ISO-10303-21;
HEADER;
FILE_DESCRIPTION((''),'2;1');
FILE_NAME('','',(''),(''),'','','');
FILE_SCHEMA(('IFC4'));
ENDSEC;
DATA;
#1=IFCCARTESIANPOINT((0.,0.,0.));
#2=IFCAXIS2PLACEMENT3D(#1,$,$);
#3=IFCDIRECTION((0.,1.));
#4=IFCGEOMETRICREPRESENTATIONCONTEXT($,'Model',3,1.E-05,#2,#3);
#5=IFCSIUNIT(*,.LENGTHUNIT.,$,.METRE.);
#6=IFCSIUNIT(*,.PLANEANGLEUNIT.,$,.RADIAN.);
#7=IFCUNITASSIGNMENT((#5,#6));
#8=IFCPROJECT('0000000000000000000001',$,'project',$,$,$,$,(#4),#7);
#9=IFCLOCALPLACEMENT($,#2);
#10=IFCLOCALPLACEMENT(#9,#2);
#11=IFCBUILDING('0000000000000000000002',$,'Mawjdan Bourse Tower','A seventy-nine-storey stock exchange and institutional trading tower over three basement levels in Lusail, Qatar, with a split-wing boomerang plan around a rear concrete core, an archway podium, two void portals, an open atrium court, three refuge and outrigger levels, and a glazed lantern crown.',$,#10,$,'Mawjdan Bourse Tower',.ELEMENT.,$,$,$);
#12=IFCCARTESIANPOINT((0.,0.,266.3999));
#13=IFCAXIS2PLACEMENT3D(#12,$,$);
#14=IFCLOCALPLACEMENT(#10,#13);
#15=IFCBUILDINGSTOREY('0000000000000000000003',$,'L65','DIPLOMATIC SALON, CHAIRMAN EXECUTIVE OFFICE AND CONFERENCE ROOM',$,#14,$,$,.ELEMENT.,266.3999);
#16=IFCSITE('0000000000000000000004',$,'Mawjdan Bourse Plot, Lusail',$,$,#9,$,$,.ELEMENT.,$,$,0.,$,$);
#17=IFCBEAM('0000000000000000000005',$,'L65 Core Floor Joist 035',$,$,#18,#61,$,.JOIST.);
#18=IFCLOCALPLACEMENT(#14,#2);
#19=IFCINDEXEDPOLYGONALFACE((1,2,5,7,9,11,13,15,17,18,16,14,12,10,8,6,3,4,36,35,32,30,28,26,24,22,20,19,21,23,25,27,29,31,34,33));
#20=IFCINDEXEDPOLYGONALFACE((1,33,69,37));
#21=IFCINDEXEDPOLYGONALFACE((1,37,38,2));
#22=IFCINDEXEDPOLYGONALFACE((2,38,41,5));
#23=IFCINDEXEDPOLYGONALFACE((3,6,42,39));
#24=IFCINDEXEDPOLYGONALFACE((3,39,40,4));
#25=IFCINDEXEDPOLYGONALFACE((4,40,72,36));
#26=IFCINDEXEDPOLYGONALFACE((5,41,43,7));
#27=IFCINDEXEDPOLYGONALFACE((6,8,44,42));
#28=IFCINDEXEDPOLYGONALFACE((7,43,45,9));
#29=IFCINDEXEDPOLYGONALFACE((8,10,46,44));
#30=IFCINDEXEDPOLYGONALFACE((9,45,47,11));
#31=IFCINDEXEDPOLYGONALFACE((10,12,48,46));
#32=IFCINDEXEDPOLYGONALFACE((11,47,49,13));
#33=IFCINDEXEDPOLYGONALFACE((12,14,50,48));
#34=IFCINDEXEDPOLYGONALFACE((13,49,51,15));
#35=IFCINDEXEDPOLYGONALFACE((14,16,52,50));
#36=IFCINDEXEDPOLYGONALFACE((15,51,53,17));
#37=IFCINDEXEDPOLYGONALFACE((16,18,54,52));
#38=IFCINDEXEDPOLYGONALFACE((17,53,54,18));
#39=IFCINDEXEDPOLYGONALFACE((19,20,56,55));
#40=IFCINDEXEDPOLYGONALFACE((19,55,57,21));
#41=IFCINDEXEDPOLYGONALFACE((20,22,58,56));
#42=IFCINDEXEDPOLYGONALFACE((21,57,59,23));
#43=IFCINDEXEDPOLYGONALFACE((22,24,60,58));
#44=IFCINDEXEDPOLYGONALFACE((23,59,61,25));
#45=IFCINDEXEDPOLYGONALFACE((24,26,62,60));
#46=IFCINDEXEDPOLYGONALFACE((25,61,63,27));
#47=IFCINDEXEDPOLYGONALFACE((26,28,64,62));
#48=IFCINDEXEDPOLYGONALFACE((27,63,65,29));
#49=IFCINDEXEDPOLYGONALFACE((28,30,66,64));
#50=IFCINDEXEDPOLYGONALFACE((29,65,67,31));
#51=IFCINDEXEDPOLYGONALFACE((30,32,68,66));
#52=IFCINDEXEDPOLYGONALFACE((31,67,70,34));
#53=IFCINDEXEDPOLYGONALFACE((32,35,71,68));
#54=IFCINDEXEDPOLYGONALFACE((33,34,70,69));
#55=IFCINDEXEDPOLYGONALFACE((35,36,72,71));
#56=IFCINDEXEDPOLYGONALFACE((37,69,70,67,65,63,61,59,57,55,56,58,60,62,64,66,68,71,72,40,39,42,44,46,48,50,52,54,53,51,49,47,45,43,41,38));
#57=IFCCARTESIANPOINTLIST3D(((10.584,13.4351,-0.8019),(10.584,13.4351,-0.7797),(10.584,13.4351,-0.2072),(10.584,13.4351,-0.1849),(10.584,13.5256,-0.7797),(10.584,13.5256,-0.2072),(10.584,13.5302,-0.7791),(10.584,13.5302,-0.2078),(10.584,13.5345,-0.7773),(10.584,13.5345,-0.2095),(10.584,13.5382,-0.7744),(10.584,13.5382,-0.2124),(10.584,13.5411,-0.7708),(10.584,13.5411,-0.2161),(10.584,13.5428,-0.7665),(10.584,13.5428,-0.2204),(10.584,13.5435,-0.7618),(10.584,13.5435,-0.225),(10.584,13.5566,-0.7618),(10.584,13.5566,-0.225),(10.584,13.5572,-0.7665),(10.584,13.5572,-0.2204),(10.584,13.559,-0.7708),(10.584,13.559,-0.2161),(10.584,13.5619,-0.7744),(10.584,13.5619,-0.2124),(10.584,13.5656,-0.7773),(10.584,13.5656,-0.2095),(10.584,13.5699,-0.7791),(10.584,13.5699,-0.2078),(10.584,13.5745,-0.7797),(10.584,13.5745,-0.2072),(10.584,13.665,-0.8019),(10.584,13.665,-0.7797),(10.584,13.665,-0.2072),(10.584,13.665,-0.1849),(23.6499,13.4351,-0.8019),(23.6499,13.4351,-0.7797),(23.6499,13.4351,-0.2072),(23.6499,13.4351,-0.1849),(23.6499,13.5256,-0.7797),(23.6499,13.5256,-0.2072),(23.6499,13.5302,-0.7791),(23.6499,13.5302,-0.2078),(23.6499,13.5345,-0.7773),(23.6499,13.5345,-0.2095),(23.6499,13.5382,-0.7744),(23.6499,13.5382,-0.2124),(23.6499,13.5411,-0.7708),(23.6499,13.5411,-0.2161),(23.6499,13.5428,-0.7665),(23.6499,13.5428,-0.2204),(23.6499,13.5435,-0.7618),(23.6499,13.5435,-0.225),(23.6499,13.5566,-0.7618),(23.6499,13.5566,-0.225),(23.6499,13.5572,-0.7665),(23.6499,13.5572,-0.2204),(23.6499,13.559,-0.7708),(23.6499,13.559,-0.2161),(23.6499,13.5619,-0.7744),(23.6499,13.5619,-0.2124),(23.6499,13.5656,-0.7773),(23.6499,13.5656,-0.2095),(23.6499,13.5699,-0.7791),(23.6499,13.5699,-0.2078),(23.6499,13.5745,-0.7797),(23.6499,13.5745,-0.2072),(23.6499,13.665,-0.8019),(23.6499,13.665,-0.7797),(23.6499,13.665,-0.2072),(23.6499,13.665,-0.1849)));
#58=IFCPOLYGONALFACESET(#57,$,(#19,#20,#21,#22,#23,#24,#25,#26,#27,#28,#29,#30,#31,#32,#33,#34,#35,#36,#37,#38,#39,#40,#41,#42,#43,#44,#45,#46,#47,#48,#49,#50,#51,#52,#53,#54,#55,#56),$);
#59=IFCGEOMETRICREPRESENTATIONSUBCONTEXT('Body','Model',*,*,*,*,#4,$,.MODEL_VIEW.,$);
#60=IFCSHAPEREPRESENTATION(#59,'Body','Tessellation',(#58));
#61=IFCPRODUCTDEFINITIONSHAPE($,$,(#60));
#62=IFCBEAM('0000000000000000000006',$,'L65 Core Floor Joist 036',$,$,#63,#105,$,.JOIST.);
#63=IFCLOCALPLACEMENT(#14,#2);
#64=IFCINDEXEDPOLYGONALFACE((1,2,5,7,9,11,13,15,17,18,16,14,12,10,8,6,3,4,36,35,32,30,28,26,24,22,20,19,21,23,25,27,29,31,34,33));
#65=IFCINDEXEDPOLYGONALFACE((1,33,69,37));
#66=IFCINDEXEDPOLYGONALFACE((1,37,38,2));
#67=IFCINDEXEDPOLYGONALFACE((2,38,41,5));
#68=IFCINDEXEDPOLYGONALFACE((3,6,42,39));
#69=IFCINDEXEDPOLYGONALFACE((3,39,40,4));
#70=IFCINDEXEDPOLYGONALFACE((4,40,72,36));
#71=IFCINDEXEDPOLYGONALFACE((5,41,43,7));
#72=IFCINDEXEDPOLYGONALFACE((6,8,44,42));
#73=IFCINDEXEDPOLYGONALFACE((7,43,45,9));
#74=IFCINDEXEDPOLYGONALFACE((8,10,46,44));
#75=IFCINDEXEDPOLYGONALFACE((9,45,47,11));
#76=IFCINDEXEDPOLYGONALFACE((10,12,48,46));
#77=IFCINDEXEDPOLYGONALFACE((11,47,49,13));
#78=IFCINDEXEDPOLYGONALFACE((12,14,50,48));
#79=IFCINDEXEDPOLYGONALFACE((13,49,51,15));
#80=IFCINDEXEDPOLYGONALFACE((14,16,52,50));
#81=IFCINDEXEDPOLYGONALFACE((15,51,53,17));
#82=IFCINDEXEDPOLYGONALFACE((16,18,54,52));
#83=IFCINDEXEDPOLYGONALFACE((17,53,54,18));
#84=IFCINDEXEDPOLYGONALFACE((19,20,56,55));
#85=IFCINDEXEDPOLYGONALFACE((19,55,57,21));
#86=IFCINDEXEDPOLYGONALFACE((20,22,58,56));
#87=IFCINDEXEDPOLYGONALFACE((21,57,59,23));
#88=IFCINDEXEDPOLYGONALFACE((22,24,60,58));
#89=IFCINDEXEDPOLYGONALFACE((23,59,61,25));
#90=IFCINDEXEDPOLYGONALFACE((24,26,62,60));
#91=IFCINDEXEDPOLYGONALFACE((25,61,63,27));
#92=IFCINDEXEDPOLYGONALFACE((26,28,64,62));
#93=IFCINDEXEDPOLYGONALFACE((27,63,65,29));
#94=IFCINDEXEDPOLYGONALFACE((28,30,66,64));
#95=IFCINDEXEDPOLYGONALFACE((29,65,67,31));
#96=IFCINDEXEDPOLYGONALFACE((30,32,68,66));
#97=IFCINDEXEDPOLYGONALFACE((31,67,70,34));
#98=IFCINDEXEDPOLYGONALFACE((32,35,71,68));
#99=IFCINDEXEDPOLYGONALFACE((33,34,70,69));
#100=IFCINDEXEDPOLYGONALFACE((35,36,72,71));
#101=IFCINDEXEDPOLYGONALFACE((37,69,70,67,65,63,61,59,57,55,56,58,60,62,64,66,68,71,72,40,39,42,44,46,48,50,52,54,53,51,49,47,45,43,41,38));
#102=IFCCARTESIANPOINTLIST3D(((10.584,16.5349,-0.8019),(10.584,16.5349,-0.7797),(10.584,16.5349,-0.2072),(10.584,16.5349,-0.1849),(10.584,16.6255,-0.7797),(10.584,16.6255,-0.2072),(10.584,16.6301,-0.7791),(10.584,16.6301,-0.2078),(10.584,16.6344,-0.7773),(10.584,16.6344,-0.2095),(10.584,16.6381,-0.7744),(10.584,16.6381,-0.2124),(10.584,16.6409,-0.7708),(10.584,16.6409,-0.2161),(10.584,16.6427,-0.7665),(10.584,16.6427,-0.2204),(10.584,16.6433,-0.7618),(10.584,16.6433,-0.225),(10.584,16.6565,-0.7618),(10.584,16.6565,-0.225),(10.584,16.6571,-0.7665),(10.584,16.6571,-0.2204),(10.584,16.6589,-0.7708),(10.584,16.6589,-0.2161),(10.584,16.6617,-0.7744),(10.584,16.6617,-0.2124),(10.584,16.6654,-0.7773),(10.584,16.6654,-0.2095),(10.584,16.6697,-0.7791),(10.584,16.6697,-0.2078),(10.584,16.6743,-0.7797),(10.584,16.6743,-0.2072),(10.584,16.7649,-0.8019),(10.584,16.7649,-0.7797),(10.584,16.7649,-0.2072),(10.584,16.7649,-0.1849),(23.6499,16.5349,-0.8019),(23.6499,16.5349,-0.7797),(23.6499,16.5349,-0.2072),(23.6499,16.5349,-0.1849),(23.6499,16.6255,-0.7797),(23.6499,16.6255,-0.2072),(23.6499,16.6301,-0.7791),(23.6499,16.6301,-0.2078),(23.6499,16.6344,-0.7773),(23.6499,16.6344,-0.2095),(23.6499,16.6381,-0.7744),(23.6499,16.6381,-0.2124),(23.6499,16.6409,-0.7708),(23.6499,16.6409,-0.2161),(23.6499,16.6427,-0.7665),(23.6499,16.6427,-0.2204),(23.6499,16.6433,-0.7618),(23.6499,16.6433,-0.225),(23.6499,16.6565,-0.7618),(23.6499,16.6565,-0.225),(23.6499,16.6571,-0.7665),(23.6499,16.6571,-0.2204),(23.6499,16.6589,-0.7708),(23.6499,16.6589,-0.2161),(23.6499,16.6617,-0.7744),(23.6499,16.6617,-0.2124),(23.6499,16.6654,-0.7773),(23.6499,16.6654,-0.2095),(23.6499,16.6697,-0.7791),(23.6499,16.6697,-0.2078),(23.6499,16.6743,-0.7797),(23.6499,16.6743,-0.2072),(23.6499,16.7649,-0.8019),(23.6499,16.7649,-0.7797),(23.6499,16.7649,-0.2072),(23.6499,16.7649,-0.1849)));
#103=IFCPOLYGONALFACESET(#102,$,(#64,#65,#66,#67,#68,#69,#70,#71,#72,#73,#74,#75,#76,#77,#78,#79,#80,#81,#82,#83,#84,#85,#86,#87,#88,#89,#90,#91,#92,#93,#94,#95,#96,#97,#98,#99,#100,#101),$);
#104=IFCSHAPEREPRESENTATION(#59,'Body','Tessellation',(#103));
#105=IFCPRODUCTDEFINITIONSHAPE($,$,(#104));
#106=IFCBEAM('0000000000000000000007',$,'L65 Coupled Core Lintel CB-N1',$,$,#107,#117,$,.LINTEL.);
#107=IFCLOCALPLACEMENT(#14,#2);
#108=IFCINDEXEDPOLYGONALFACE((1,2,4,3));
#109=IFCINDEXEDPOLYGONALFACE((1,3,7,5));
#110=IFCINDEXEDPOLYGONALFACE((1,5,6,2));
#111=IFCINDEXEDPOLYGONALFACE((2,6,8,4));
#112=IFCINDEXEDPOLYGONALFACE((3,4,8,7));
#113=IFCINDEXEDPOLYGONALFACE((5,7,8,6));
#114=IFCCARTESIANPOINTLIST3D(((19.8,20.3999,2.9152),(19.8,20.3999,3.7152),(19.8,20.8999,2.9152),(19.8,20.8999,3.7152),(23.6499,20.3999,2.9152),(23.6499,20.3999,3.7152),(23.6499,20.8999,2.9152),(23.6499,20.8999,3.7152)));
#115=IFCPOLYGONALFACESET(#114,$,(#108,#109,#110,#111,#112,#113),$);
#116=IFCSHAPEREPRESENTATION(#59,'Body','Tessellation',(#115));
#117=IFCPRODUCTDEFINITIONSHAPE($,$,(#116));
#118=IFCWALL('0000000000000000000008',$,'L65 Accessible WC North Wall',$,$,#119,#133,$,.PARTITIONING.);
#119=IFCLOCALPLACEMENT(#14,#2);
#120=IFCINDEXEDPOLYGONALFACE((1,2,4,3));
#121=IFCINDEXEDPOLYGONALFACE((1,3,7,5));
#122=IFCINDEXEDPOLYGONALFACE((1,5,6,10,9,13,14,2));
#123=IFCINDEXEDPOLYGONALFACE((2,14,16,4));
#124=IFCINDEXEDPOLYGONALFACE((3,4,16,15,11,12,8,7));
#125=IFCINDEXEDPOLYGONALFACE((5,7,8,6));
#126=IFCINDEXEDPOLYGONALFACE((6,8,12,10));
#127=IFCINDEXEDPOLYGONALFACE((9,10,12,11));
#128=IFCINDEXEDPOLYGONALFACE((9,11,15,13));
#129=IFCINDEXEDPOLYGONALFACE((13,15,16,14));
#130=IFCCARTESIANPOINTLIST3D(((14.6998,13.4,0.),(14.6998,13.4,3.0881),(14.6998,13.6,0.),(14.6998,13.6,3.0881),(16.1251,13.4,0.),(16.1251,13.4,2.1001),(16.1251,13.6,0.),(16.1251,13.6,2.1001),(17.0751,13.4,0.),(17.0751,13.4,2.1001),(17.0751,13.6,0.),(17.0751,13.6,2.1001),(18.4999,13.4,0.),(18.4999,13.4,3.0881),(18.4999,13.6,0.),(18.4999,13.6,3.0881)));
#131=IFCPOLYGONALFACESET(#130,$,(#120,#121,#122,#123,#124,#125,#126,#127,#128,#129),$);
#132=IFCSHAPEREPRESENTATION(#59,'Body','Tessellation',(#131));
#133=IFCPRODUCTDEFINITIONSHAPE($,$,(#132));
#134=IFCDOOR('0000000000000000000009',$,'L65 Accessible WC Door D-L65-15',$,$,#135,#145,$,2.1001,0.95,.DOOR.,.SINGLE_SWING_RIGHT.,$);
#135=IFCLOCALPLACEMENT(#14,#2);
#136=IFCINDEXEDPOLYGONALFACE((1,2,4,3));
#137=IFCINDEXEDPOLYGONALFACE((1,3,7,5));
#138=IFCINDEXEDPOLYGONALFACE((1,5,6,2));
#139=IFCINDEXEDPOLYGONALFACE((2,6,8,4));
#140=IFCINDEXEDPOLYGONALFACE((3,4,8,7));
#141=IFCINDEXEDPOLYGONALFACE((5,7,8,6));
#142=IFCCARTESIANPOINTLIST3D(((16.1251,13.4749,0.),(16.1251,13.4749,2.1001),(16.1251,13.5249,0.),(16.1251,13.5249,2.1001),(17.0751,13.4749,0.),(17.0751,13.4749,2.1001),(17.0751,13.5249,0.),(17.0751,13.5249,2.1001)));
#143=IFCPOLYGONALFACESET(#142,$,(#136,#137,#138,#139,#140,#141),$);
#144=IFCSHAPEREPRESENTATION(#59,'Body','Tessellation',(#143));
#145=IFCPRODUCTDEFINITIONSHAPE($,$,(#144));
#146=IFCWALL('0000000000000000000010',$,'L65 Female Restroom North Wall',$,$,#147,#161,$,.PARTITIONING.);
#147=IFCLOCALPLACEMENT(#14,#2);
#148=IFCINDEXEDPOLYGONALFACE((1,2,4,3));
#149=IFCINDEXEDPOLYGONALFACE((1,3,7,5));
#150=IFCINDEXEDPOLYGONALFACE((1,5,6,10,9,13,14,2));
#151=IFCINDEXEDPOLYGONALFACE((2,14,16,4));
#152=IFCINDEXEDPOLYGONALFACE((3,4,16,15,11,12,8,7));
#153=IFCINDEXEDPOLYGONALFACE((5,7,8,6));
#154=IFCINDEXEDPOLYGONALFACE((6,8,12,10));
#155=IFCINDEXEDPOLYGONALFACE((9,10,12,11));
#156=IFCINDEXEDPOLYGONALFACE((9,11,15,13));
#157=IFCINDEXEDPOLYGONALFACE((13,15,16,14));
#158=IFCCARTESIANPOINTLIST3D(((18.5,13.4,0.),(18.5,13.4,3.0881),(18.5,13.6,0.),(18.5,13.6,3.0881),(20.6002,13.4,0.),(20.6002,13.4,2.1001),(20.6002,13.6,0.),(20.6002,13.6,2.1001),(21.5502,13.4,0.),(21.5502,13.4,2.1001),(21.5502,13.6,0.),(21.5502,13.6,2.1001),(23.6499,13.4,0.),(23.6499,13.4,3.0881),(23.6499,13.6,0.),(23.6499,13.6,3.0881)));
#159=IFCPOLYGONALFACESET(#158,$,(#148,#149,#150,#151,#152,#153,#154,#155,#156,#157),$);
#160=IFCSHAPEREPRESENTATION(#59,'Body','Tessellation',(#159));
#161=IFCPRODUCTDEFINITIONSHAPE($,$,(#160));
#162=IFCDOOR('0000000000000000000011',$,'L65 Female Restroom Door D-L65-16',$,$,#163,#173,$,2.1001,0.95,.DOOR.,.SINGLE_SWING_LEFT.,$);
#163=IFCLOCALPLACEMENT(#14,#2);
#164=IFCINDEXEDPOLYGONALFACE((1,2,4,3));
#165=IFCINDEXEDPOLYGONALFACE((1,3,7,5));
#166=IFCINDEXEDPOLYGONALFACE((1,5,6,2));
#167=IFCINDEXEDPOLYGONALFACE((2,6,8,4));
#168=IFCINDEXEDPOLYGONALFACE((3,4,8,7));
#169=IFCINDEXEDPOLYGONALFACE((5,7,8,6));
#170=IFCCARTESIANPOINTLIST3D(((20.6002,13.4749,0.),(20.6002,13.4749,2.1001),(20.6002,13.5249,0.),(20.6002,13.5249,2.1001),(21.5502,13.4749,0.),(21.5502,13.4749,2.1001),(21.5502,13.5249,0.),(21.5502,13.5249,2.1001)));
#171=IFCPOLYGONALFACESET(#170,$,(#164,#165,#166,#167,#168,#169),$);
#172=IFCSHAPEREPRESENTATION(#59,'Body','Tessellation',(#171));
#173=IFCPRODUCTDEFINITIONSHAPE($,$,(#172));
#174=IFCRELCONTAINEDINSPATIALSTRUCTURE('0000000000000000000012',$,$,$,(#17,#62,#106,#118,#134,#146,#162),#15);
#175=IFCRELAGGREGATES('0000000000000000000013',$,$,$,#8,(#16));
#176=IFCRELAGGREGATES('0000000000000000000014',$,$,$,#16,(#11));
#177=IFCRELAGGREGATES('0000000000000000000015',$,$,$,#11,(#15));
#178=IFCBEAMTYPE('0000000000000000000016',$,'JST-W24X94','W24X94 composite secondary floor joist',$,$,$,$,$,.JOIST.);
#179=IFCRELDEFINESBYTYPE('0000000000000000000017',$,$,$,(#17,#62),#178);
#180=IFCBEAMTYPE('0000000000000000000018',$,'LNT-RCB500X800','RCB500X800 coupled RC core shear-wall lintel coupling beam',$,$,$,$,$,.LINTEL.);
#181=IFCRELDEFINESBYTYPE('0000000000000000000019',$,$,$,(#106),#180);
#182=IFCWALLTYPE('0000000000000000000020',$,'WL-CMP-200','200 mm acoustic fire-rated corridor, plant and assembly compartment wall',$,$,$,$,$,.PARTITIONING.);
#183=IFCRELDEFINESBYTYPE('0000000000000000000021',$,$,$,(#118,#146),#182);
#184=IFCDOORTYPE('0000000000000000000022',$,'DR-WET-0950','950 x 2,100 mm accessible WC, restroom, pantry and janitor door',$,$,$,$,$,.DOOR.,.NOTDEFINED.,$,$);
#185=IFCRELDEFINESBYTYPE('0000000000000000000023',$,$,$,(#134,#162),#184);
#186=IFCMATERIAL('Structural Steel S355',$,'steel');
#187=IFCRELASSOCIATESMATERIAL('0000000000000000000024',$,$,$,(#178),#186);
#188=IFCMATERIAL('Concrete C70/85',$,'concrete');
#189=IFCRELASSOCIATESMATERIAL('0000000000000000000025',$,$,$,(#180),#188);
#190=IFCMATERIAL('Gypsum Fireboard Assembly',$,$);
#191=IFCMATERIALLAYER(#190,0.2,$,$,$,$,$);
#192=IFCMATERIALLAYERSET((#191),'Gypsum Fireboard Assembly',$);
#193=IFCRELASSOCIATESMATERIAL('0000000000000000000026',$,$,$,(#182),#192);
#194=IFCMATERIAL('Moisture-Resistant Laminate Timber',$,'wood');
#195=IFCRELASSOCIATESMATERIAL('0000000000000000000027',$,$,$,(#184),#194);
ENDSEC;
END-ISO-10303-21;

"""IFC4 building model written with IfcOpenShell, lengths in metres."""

from ifc_helpers import new_model, si_unit, direction, frame, frame_2d, origin, origin_2d, place, context, subcontext, project, spatial, rectangle, i_section, extrude, material, layer, layer_set, material_profile, profile_set, type_object, element, fill, save


model = new_model("IFC4")

# Units and contexts
model_context = context("Model", 3, precision=1e-05, world=origin(), true_north=direction((0.0, 1.0)))
body_context = subcontext(model_context, "Body", "Model", "MODEL_VIEW")
ifc_project = project(units=[si_unit("LENGTHUNIT", "METRE"), si_unit("PLANEANGLEUNIT", "RADIAN")], contexts=[model_context])

# Site, building, storey
site_placement = place(None, origin())
site = spatial("IfcSite", under=ifc_project, at=site_placement, Name="Mawjdan Bourse Plot, Lusail", CompositionType="ELEMENT", RefElevation=0.0)
building_placement = place(site_placement, origin())
building = spatial("IfcBuilding", under=site, at=building_placement, Name="Mawjdan Bourse Tower", Description="A seventy-nine-storey stock exchange and institutional trading tower over three basement levels in Lusail, Qatar, with a split-wing boomerang plan around a rear concrete core, an archway podium, two void portals, an open atrium court, three refuge and outrigger levels, and a glazed lantern crown.", LongName="Mawjdan Bourse Tower", CompositionType="ELEMENT")
storey_placement = place(building_placement, frame((0.0, 0.0, 266.3999)))
storey = spatial("IfcBuildingStorey", under=building, at=storey_placement, Name="L65", Description="DIPLOMATIC SALON, CHAIRMAN EXECUTIVE OFFICE AND CONFERENCE ROOM", CompositionType="ELEMENT", Elevation=266.3999)

# Beams
ifc_material_1 = material(Name="Structural Steel S355", Category="steel")
ifc_material_profile_1 = material_profile(ifc_material_1, i_section(OverallWidth=0.23, OverallDepth=0.6169, WebThickness=0.0132, FlangeThickness=0.0222, FilletRadius=0.0178, at=origin_2d()), Name="W24X94")
ifc_profile_set_1 = profile_set([ifc_material_profile_1], Name="Structural Steel S355")
beam_type_1 = type_object("IfcBeamType", Name="JST-W24X94", Description="W24X94 composite secondary floor joist", PredefinedType="JOIST", material=ifc_profile_set_1)
for number, where, z_axis, x_axis, name in (
    (1, (10.584, 13.55, -0.4934), (1.0, 0.0, 0.0), (0.0, 1.0, 0.0), "L65 Core Floor Joist 035"),
    (2, (10.584, 16.6499, -0.4934), (1.0, 0.0, 0.0), (0.0, 1.0, 0.0), "L65 Core Floor Joist 036"),
):
    element("IfcBeam", number, at=place(storey_placement, frame(where, z_axis=z_axis, x_axis=x_axis)), inside=storey, type_object=beam_type_1, Name=name, PredefinedType="JOIST", context=body_context, shape_type="SweptSolid", body=[
        extrude(i_section(OverallWidth=0.23, OverallDepth=0.6169, WebThickness=0.0132, FlangeThickness=0.0222, FilletRadius=0.0178, at=origin_2d()), origin(), (0.0, 0.0, 1.0), 13.0659),
    ])
ifc_material_2 = material(Name="Concrete C70/85", Category="concrete")
ifc_material_profile_2 = material_profile(ifc_material_2, rectangle(XDim=0.5, YDim=0.8, at=origin_2d()), Name="RCB500X800")
ifc_profile_set_2 = profile_set([ifc_material_profile_2], Name="Concrete C70/85")
beam_type_2 = type_object("IfcBeamType", Name="LNT-RCB500X800", Description="RCB500X800 coupled RC core shear-wall lintel coupling beam", PredefinedType="LINTEL", material=ifc_profile_set_2)
beam_placement = place(storey_placement, frame((19.8, 20.6499, 3.3152), z_axis=(1.0, 0.0, 0.0), x_axis=(0.0, 1.0, 0.0)))
element("IfcBeam", 3, at=beam_placement, inside=storey, type_object=beam_type_2, Name="L65 Coupled Core Lintel CB-N1", PredefinedType="LINTEL", context=body_context, shape_type="SweptSolid", body=[
    extrude(rectangle(XDim=0.5, YDim=0.8, at=origin_2d()), origin(), (0.0, 0.0, 1.0), 3.8499),
])

# Walls, openings, doors
ifc_material_3 = material(Name="Gypsum Fireboard Assembly")
ifc_layer_1 = layer(ifc_material_3, 0.2)
ifc_layer_set_1 = layer_set([ifc_layer_1], Name="Gypsum Fireboard Assembly")
wall_type_1 = type_object("IfcWallType", Name="WL-CMP-200", Description="200 mm acoustic fire-rated corridor, plant and assembly compartment wall", PredefinedType="PARTITIONING", material=ifc_layer_set_1)
wall_1_placement = place(storey_placement, frame((14.7, 13.5, 0.0), z_axis=(0.0, 0.0, 1.0), x_axis=(1.0, 0.0, 0.0)))
wall_1 = element("IfcWall", 4, at=wall_1_placement, inside=storey, type_object=wall_type_1, Name="L65 Accessible WC North Wall", PredefinedType="PARTITIONING", context=body_context, shape_type="SweptSolid", body=[
    extrude(rectangle(XDim=3.8, YDim=0.2, at=frame_2d((1.8999, 0.0))), origin(), (0.0, 0.0, 1.0), 3.0881),
])
opening_1_placement = place(wall_1_placement, frame((1.425, 0.0, 0.0)))
opening_1 = element("IfcOpeningElement", 5, at=opening_1_placement, cuts=wall_1, PredefinedType="OPENING", context=body_context, shape_type="SweptSolid", body=[
    extrude(rectangle(XDim=0.95, YDim=2.1001, at=frame_2d((0.4751, 1.05))), frame((0.0, 0.1099, 0.0), z_axis=(0.0, -1.0, 0.0), x_axis=(1.0, 0.0, 0.0)), (0.0, 0.0, 1.0), 0.22),
])
ifc_material_4 = material(Name="Moisture-Resistant Laminate Timber", Category="wood")
door_type_1 = type_object("IfcDoorType", Name="DR-WET-0950", Description="950 x 2,100 mm accessible WC, restroom, pantry and janitor door", OperationType="NOTDEFINED", PredefinedType="DOOR", material=ifc_material_4)
door_1_placement = place(opening_1_placement, origin())
door_1 = element("IfcDoor", 6, at=door_1_placement, inside=storey, type_object=door_type_1, Name="L65 Accessible WC Door D-L65-15", OperationType="SINGLE_SWING_RIGHT", OverallHeight=2.1001, OverallWidth=0.95, PredefinedType="DOOR", context=body_context, shape_type="SweptSolid", body=[
    extrude(rectangle(XDim=0.95, YDim=2.1001, at=frame_2d((0.4751, 1.05))), frame((0.0, 0.0249, 0.0), z_axis=(0.0, -1.0, 0.0), x_axis=(1.0, 0.0, 0.0)), (0.0, 0.0, 1.0), 0.05),
])
fill(opening_1, door_1)
wall_2_placement = place(storey_placement, frame((18.5, 13.5, 0.0), z_axis=(0.0, 0.0, 1.0), x_axis=(1.0, 0.0, 0.0)))
wall_2 = element("IfcWall", 7, at=wall_2_placement, inside=storey, type_object=wall_type_1, Name="L65 Female Restroom North Wall", PredefinedType="PARTITIONING", context=body_context, shape_type="SweptSolid", body=[
    extrude(rectangle(XDim=5.1499, YDim=0.2, at=frame_2d((2.575, 0.0))), origin(), (0.0, 0.0, 1.0), 3.0881),
])
opening_2_placement = place(wall_2_placement, frame((2.1001, 0.0, 0.0)))
opening_2 = element("IfcOpeningElement", 8, at=opening_2_placement, cuts=wall_2, PredefinedType="OPENING", context=body_context, shape_type="SweptSolid", body=[
    extrude(rectangle(XDim=0.95, YDim=2.1001, at=frame_2d((0.4751, 1.05))), frame((0.0, 0.1099, 0.0), z_axis=(0.0, -1.0, 0.0), x_axis=(1.0, 0.0, 0.0)), (0.0, 0.0, 1.0), 0.22),
])
door_2_placement = place(opening_2_placement, origin())
door_2 = element("IfcDoor", 9, at=door_2_placement, inside=storey, type_object=door_type_1, Name="L65 Female Restroom Door D-L65-16", OperationType="SINGLE_SWING_LEFT", OverallHeight=2.1001, OverallWidth=0.95, PredefinedType="DOOR", context=body_context, shape_type="SweptSolid", body=[
    extrude(rectangle(XDim=0.95, YDim=2.1001, at=frame_2d((0.4751, 1.05))), frame((0.0, 0.0249, 0.0), z_axis=(0.0, -1.0, 0.0), x_axis=(1.0, 0.0, 0.0)), (0.0, 0.0, 1.0), 0.05),
])
fill(opening_2, door_2)

save(model, "model.ifc")
